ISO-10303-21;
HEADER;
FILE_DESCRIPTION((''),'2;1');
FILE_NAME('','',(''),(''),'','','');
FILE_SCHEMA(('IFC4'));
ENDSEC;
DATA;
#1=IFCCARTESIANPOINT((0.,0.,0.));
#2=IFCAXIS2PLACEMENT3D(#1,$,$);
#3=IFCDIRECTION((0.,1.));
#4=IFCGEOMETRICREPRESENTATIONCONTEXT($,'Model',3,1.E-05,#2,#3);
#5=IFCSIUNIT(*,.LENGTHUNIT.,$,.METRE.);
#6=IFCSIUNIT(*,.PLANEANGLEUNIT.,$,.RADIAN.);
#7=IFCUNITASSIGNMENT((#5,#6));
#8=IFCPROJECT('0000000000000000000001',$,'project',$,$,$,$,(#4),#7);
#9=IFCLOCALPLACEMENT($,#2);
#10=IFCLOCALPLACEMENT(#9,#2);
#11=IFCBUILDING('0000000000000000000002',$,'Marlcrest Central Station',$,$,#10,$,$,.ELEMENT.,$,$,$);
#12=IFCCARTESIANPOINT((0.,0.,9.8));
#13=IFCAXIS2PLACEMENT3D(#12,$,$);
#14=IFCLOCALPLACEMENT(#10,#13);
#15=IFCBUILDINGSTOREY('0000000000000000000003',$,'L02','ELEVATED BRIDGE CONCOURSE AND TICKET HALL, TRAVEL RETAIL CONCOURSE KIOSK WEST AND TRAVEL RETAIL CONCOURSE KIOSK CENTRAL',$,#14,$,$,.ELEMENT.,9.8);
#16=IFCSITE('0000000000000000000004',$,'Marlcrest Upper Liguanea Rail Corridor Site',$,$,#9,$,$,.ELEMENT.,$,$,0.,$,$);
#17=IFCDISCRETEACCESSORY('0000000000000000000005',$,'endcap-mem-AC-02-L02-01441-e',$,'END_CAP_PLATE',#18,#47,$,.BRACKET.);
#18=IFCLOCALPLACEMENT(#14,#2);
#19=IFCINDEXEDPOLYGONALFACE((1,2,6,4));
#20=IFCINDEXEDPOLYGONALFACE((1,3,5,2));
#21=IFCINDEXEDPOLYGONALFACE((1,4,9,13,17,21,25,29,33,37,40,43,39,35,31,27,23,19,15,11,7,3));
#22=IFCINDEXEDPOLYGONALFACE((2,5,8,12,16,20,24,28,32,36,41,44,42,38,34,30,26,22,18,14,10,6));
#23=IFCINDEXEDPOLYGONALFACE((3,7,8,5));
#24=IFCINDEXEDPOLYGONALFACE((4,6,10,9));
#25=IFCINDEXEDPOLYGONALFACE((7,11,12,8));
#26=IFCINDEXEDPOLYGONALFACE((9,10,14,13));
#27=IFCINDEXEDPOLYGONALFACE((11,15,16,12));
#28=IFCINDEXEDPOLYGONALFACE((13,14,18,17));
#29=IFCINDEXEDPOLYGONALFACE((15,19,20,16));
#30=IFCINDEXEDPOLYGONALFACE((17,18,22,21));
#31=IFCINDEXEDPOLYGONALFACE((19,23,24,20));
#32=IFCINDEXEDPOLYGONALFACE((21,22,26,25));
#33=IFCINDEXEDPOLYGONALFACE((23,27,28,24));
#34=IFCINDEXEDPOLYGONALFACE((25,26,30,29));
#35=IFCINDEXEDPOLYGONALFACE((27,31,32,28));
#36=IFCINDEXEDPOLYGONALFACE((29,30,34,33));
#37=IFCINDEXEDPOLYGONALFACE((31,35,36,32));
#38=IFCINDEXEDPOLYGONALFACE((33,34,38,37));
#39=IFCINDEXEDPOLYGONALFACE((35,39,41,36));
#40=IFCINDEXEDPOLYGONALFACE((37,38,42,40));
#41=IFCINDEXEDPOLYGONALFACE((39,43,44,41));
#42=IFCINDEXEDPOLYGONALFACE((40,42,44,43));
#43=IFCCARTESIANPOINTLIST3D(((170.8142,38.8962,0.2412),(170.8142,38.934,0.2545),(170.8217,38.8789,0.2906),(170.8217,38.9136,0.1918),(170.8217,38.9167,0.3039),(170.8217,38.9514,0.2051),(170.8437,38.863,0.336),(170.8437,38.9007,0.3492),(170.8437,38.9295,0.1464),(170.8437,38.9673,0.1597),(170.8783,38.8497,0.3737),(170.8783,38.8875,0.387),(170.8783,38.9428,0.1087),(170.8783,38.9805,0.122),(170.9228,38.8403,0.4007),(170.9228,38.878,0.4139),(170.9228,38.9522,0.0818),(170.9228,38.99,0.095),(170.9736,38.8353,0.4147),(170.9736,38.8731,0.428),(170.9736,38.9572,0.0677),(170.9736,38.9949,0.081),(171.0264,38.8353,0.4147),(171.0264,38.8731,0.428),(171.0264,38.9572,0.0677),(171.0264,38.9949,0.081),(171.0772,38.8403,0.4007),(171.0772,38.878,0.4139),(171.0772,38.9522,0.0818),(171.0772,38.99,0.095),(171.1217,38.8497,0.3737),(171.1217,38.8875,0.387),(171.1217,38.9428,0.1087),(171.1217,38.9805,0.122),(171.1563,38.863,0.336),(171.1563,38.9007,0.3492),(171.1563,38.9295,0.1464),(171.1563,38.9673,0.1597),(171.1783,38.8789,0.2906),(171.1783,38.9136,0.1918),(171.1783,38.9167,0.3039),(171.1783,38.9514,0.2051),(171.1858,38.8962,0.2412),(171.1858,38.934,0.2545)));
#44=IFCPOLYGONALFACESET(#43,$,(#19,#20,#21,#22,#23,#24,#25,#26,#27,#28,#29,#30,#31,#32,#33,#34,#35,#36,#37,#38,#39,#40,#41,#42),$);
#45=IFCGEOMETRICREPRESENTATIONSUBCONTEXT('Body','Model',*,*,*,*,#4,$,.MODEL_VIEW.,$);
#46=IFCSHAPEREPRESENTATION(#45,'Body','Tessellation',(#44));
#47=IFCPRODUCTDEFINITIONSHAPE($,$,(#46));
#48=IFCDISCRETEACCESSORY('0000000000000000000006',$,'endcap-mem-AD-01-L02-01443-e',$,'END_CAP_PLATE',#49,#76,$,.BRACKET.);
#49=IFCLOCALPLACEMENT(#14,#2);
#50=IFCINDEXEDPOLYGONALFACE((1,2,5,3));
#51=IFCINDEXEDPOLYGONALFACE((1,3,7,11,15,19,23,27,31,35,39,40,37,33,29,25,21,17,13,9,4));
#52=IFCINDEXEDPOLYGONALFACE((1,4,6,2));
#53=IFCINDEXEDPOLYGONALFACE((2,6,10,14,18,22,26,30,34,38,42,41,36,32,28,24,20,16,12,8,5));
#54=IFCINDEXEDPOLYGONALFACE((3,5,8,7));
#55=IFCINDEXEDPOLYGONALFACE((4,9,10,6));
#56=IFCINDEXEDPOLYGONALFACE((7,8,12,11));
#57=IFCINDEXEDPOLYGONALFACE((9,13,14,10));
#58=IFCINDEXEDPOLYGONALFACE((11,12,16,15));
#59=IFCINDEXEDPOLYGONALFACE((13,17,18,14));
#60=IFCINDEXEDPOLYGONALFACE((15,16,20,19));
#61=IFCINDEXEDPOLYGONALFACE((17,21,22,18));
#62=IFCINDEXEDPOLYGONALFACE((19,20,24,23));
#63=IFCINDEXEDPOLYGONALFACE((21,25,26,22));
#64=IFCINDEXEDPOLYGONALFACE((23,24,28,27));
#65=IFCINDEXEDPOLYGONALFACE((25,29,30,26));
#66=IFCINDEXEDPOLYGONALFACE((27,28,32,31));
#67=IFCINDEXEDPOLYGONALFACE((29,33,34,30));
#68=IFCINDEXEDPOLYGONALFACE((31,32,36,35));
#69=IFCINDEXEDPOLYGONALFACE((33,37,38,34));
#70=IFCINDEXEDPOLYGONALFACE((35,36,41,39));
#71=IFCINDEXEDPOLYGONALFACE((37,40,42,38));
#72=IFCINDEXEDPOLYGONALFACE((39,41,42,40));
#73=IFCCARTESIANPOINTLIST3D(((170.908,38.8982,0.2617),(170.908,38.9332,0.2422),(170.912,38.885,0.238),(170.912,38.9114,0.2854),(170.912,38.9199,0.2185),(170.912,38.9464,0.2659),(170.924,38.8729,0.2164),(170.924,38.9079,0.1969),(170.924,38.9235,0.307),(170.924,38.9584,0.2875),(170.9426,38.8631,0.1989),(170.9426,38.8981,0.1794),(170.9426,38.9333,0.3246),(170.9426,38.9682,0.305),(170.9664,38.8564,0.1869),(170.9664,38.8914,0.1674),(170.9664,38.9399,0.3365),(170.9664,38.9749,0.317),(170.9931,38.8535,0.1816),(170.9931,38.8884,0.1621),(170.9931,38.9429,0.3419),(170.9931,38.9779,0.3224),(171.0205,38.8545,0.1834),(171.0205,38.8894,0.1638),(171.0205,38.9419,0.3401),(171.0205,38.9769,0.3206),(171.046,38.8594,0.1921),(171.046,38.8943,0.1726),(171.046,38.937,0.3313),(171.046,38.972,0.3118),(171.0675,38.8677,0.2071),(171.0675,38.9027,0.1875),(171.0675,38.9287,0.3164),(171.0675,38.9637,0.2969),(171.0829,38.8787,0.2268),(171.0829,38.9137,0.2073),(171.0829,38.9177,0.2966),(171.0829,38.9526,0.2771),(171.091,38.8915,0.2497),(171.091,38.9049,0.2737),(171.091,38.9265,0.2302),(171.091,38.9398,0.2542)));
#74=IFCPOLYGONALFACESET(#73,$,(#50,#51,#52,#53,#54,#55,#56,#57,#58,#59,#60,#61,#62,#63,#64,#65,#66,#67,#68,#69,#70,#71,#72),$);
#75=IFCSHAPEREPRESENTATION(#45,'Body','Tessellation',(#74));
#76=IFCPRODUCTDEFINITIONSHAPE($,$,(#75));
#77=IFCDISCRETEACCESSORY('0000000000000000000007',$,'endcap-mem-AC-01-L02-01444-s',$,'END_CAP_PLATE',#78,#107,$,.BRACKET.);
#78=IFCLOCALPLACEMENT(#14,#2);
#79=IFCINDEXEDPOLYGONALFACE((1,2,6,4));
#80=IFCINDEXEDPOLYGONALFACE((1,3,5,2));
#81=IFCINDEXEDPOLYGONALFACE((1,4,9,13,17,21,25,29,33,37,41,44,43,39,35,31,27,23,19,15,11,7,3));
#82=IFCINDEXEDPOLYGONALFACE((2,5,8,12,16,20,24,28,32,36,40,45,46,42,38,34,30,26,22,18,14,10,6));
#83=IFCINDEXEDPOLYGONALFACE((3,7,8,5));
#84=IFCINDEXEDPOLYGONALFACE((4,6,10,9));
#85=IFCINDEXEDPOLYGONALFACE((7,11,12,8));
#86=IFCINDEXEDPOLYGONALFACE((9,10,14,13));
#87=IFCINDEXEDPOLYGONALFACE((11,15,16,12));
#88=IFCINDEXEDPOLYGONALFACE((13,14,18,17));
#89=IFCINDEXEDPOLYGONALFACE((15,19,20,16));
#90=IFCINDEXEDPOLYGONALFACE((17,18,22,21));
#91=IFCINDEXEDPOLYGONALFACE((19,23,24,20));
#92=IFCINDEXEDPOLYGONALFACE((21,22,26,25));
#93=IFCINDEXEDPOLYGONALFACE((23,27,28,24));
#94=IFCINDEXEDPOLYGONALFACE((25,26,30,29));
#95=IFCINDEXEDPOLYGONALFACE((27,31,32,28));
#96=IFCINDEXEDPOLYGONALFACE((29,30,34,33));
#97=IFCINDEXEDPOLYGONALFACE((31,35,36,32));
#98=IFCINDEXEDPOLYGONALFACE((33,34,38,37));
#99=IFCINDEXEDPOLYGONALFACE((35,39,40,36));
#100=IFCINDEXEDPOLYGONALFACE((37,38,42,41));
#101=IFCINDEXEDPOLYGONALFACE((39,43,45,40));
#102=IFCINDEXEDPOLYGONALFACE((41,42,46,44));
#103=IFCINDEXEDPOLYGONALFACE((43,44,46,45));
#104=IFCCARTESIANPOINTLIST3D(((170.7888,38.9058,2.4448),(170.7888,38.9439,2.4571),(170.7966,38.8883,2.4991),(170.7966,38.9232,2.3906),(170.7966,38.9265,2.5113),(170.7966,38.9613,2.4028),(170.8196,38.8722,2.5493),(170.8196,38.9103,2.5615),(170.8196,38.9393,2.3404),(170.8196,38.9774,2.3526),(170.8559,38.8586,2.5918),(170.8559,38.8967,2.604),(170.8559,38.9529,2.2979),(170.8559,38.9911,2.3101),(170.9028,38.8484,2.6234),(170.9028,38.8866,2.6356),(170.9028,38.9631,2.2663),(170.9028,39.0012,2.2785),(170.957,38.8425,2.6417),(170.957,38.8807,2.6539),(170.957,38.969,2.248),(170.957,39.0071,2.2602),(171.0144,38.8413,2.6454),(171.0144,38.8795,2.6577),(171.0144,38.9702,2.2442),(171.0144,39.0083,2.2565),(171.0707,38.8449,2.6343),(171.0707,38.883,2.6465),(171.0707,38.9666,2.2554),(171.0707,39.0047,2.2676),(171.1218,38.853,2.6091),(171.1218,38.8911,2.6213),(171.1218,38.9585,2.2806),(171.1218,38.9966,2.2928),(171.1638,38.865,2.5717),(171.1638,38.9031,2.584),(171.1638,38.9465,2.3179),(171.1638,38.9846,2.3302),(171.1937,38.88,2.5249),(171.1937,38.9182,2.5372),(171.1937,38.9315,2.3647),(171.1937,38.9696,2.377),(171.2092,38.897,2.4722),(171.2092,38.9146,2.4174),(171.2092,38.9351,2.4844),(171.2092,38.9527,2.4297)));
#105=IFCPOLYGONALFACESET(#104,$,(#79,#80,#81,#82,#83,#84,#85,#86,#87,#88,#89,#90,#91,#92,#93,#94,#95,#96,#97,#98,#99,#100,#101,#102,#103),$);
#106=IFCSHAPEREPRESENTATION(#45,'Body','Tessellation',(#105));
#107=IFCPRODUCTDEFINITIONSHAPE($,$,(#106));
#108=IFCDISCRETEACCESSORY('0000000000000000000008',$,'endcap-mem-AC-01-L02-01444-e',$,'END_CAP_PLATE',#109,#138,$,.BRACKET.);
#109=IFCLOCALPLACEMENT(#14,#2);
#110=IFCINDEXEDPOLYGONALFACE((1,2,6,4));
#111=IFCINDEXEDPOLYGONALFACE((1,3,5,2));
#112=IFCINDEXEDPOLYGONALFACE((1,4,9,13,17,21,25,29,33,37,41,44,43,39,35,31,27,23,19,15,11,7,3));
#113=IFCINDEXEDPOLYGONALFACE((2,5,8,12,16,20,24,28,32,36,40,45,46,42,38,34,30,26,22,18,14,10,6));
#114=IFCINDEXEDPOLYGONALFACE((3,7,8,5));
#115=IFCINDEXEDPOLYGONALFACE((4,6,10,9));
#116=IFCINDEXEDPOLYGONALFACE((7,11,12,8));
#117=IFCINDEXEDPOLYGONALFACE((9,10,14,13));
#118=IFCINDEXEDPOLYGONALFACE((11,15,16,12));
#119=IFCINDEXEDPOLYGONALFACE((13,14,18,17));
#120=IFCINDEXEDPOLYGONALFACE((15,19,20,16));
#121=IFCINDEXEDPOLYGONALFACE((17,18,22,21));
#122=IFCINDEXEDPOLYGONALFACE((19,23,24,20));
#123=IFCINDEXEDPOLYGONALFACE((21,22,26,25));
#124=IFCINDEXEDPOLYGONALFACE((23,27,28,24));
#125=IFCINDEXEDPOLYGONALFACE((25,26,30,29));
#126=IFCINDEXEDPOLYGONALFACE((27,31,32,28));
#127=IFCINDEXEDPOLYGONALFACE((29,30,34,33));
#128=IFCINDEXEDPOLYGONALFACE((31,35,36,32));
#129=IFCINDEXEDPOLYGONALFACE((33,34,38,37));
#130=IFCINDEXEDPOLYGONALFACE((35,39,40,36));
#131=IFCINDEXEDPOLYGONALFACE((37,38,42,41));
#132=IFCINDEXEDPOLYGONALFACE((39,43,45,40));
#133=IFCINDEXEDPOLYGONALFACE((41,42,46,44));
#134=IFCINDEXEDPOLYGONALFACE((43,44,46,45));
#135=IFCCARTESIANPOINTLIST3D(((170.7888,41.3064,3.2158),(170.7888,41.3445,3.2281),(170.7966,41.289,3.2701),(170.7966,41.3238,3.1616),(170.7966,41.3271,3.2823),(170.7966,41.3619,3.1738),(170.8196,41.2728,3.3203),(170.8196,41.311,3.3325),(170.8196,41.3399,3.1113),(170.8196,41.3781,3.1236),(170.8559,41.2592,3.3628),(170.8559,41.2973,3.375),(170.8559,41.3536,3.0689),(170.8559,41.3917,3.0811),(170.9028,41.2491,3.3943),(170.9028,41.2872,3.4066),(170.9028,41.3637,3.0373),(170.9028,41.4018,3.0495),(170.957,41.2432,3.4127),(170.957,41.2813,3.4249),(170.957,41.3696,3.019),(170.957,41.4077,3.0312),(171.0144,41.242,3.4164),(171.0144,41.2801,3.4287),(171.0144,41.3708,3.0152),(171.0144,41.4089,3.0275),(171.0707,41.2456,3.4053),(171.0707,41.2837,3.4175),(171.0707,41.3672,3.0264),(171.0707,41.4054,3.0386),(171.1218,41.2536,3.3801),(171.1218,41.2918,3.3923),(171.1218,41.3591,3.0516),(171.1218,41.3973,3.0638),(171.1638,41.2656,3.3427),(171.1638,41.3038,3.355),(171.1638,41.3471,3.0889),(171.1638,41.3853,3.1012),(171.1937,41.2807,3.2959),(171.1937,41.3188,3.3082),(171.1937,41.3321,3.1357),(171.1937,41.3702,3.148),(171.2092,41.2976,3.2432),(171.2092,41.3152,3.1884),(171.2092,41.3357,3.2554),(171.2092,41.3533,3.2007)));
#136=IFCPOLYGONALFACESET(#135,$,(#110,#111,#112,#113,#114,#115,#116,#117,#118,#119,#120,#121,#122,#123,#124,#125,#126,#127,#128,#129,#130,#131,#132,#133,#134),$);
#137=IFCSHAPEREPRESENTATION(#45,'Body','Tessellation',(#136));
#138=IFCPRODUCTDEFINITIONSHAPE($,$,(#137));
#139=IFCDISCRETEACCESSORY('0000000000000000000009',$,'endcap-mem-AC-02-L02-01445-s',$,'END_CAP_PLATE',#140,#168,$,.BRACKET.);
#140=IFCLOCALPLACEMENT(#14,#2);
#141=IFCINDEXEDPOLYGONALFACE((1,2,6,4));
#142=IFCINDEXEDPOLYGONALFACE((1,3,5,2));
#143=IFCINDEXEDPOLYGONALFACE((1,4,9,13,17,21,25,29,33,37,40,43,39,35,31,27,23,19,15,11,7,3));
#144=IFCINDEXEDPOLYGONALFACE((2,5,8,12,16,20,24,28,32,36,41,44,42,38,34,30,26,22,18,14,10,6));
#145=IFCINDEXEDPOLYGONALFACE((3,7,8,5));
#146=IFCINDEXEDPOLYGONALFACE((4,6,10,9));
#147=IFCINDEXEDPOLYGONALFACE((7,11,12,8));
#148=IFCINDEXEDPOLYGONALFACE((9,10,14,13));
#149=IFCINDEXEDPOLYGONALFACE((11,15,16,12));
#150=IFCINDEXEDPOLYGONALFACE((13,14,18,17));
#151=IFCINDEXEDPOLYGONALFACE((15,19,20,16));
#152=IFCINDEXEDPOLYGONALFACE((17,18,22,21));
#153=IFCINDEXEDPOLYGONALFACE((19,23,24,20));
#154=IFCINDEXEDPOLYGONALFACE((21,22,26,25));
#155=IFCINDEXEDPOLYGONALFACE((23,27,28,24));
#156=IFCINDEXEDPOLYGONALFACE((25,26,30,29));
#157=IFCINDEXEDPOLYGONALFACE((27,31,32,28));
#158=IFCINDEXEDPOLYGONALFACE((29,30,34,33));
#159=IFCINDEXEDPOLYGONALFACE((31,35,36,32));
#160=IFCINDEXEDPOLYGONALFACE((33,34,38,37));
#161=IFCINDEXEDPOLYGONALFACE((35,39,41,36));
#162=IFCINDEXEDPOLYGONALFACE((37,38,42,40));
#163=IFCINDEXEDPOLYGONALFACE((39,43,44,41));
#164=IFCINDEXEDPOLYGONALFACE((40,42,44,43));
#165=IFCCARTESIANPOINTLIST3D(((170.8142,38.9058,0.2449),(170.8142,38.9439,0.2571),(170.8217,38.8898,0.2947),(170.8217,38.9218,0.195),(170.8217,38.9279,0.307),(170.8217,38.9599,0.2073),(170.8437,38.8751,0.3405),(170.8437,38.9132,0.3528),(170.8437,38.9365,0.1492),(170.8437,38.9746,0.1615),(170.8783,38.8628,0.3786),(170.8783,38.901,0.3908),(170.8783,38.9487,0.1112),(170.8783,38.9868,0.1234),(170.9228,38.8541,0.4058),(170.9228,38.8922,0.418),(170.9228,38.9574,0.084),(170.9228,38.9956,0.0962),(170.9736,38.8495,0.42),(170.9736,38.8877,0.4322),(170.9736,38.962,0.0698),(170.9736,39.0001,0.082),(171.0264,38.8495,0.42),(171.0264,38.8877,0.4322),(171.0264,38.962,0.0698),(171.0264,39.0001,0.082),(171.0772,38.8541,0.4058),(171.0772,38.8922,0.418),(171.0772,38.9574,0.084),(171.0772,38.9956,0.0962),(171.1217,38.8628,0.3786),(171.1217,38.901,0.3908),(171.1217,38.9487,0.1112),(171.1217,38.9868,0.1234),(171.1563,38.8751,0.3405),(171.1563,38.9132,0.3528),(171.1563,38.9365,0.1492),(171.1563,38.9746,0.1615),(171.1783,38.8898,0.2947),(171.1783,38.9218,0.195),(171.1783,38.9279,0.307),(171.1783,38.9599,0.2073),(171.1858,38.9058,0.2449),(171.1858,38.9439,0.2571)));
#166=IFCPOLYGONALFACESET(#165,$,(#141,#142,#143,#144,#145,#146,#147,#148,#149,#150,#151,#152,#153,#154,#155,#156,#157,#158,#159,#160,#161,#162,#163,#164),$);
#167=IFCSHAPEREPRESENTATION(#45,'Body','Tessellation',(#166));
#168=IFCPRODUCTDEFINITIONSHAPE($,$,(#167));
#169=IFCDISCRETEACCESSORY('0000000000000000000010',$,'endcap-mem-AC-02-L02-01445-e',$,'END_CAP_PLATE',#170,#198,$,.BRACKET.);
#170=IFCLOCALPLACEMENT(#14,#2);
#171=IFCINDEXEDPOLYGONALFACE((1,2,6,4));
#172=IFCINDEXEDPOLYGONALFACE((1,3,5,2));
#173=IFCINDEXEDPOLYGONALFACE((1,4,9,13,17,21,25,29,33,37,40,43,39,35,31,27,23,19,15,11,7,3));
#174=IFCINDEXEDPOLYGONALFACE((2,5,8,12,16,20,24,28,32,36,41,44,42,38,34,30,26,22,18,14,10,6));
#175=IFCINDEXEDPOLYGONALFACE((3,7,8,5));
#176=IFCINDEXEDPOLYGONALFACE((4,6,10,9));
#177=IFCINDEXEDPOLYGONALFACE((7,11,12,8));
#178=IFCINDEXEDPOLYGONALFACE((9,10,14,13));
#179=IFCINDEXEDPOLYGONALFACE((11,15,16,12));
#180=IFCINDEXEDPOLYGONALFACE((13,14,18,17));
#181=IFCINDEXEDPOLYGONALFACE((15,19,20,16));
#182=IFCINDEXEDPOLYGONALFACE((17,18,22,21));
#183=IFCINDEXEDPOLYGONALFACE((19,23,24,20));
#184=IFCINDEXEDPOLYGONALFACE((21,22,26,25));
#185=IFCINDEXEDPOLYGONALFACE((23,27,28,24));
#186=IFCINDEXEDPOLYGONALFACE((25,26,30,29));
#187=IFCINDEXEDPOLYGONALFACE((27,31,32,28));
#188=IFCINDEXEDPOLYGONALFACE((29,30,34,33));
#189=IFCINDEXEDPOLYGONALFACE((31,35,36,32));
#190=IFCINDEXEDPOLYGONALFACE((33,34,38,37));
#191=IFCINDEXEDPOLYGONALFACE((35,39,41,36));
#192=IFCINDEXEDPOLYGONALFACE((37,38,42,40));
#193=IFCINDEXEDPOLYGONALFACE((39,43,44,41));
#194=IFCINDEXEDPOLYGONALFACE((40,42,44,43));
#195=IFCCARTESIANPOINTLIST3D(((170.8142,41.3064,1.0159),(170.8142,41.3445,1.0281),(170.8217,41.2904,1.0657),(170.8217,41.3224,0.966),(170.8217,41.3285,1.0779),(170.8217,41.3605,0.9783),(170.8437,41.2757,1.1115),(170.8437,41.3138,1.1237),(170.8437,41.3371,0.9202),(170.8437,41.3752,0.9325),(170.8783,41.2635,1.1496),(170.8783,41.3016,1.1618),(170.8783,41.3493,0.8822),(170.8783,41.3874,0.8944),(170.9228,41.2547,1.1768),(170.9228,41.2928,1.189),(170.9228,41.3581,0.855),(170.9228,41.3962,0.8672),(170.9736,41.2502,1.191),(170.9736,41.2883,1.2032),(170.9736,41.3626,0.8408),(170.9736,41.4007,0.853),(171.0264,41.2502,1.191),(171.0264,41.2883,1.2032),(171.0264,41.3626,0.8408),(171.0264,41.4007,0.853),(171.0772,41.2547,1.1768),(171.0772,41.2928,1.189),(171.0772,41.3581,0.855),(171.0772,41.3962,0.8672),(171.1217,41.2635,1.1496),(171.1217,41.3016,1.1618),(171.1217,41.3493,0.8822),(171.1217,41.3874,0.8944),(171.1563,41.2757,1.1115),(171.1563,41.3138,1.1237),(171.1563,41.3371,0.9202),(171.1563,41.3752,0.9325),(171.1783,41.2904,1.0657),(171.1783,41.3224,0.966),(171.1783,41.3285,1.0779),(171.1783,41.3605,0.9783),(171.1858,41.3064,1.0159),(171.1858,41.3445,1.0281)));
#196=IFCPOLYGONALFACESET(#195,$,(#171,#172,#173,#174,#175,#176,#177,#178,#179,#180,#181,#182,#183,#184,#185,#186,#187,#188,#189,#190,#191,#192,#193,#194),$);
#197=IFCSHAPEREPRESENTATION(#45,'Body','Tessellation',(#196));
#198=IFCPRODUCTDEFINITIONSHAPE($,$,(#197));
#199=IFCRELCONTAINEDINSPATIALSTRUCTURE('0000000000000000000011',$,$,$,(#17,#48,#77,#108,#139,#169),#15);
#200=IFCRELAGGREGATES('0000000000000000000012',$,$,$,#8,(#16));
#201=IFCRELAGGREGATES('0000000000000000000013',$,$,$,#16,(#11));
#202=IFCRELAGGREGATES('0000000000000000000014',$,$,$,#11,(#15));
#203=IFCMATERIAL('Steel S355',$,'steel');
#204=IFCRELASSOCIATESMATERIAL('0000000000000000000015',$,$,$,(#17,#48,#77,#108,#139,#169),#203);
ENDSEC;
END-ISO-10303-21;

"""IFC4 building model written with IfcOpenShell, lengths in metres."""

from ifc_helpers import new_model, si_unit, direction, frame, origin, origin_2d, place, context, subcontext, project, spatial, circle, extrude, material, element, save


model = new_model("IFC4")

# Units and contexts
model_context = context("Model", 3, precision=1e-05, world=origin(), true_north=direction((0.0, 1.0)))
body_context = subcontext(model_context, "Body", "Model", "MODEL_VIEW")
ifc_project = project(units=[si_unit("LENGTHUNIT", "METRE"), si_unit("PLANEANGLEUNIT", "RADIAN")], contexts=[model_context])

# Site, building, storey
site_placement = place(None, origin())
site = spatial("IfcSite", under=ifc_project, at=site_placement, Name="Marlcrest Upper Liguanea Rail Corridor Site", CompositionType="ELEMENT", RefElevation=0.0)
building_placement = place(site_placement, origin())
building = spatial("IfcBuilding", under=site, at=building_placement, Name="Marlcrest Central Station", CompositionType="ELEMENT")
storey_placement = place(building_placement, frame((0.0, 0.0, 9.8)))
storey = spatial("IfcBuildingStorey", under=building, at=storey_placement, Name="L02", Description="ELEVATED BRIDGE CONCOURSE AND TICKET HALL, TRAVEL RETAIL CONCOURSE KIOSK WEST AND TRAVEL RETAIL CONCOURSE KIOSK CENTRAL", CompositionType="ELEMENT", Elevation=9.8)

# Shared definitions
ifc_material_1 = material(Name="Steel S355", Category="steel")

# Discrete accessories
discrete_accessory_1_placement = place(storey_placement, frame((171.0, 38.8962, 0.2412), z_axis=(0.0, 0.943537, 0.331266), x_axis=(-1.0, 0.0, 0.0)))
element("IfcDiscreteAccessory", 1, at=discrete_accessory_1_placement, inside=storey, material=ifc_material_1, Name="endcap-mem-AC-02-L02-01441-e", ObjectType="END_CAP_PLATE", PredefinedType="BRACKET", context=body_context, shape_type="SweptSolid", body=[
    extrude(circle(Radius=0.1858, at=origin_2d()), origin(), (0.0, 0.0, 1.0), 0.04),
])
discrete_accessory_2_placement = place(storey_placement, frame((171.0, 38.8982, 0.2617), z_axis=(0.0, 0.873246, -0.48728), x_axis=(-1.0, 0.0, 0.0)))
element("IfcDiscreteAccessory", 2, at=discrete_accessory_2_placement, inside=storey, material=ifc_material_1, Name="endcap-mem-AD-01-L02-01443-e", ObjectType="END_CAP_PLATE", PredefinedType="BRACKET", context=body_context, shape_type="SweptSolid", body=[
    extrude(circle(Radius=0.092, at=origin_2d()), origin(), (0.0, 0.0, 1.0), 0.04),
])
for number, where, z_axis, x_axis, name in (
    (3, (171.0, 38.9058, 2.4448), (0.0, 0.952117, 0.305734), (-1.0, 0.0, 0.0), "endcap-mem-AC-01-L02-01444-s"),
    (4, (171.0, 41.3064, 3.2158), (0.0, 0.952117, 0.305734), (-1.0, 0.0, 0.0), "endcap-mem-AC-01-L02-01444-e"),
):
    element("IfcDiscreteAccessory", number, at=place(storey_placement, frame(where, z_axis=z_axis, x_axis=x_axis)), inside=storey, material=ifc_material_1, Name=name, ObjectType="END_CAP_PLATE", PredefinedType="BRACKET", context=body_context, shape_type="SweptSolid", body=[
        extrude(circle(Radius=0.2112, at=origin_2d()), origin(), (0.0, 0.0, 1.0), 0.04),
    ])
for number, where, z_axis, x_axis, name in (
    (5, (171.0, 38.9058, 0.2449), (0.0, 0.952117, 0.305734), (-1.0, 0.0, 0.0), "endcap-mem-AC-02-L02-01445-s"),
    (6, (171.0, 41.3064, 1.0159), (0.0, 0.952117, 0.305734), (-1.0, 0.0, 0.0), "endcap-mem-AC-02-L02-01445-e"),
):
    element("IfcDiscreteAccessory", number, at=place(storey_placement, frame(where, z_axis=z_axis, x_axis=x_axis)), inside=storey, material=ifc_material_1, Name=name, ObjectType="END_CAP_PLATE", PredefinedType="BRACKET", context=body_context, shape_type="SweptSolid", body=[
        extrude(circle(Radius=0.1858, at=origin_2d()), origin(), (0.0, 0.0, 1.0), 0.04),
    ])

save(model, "model.ifc")
